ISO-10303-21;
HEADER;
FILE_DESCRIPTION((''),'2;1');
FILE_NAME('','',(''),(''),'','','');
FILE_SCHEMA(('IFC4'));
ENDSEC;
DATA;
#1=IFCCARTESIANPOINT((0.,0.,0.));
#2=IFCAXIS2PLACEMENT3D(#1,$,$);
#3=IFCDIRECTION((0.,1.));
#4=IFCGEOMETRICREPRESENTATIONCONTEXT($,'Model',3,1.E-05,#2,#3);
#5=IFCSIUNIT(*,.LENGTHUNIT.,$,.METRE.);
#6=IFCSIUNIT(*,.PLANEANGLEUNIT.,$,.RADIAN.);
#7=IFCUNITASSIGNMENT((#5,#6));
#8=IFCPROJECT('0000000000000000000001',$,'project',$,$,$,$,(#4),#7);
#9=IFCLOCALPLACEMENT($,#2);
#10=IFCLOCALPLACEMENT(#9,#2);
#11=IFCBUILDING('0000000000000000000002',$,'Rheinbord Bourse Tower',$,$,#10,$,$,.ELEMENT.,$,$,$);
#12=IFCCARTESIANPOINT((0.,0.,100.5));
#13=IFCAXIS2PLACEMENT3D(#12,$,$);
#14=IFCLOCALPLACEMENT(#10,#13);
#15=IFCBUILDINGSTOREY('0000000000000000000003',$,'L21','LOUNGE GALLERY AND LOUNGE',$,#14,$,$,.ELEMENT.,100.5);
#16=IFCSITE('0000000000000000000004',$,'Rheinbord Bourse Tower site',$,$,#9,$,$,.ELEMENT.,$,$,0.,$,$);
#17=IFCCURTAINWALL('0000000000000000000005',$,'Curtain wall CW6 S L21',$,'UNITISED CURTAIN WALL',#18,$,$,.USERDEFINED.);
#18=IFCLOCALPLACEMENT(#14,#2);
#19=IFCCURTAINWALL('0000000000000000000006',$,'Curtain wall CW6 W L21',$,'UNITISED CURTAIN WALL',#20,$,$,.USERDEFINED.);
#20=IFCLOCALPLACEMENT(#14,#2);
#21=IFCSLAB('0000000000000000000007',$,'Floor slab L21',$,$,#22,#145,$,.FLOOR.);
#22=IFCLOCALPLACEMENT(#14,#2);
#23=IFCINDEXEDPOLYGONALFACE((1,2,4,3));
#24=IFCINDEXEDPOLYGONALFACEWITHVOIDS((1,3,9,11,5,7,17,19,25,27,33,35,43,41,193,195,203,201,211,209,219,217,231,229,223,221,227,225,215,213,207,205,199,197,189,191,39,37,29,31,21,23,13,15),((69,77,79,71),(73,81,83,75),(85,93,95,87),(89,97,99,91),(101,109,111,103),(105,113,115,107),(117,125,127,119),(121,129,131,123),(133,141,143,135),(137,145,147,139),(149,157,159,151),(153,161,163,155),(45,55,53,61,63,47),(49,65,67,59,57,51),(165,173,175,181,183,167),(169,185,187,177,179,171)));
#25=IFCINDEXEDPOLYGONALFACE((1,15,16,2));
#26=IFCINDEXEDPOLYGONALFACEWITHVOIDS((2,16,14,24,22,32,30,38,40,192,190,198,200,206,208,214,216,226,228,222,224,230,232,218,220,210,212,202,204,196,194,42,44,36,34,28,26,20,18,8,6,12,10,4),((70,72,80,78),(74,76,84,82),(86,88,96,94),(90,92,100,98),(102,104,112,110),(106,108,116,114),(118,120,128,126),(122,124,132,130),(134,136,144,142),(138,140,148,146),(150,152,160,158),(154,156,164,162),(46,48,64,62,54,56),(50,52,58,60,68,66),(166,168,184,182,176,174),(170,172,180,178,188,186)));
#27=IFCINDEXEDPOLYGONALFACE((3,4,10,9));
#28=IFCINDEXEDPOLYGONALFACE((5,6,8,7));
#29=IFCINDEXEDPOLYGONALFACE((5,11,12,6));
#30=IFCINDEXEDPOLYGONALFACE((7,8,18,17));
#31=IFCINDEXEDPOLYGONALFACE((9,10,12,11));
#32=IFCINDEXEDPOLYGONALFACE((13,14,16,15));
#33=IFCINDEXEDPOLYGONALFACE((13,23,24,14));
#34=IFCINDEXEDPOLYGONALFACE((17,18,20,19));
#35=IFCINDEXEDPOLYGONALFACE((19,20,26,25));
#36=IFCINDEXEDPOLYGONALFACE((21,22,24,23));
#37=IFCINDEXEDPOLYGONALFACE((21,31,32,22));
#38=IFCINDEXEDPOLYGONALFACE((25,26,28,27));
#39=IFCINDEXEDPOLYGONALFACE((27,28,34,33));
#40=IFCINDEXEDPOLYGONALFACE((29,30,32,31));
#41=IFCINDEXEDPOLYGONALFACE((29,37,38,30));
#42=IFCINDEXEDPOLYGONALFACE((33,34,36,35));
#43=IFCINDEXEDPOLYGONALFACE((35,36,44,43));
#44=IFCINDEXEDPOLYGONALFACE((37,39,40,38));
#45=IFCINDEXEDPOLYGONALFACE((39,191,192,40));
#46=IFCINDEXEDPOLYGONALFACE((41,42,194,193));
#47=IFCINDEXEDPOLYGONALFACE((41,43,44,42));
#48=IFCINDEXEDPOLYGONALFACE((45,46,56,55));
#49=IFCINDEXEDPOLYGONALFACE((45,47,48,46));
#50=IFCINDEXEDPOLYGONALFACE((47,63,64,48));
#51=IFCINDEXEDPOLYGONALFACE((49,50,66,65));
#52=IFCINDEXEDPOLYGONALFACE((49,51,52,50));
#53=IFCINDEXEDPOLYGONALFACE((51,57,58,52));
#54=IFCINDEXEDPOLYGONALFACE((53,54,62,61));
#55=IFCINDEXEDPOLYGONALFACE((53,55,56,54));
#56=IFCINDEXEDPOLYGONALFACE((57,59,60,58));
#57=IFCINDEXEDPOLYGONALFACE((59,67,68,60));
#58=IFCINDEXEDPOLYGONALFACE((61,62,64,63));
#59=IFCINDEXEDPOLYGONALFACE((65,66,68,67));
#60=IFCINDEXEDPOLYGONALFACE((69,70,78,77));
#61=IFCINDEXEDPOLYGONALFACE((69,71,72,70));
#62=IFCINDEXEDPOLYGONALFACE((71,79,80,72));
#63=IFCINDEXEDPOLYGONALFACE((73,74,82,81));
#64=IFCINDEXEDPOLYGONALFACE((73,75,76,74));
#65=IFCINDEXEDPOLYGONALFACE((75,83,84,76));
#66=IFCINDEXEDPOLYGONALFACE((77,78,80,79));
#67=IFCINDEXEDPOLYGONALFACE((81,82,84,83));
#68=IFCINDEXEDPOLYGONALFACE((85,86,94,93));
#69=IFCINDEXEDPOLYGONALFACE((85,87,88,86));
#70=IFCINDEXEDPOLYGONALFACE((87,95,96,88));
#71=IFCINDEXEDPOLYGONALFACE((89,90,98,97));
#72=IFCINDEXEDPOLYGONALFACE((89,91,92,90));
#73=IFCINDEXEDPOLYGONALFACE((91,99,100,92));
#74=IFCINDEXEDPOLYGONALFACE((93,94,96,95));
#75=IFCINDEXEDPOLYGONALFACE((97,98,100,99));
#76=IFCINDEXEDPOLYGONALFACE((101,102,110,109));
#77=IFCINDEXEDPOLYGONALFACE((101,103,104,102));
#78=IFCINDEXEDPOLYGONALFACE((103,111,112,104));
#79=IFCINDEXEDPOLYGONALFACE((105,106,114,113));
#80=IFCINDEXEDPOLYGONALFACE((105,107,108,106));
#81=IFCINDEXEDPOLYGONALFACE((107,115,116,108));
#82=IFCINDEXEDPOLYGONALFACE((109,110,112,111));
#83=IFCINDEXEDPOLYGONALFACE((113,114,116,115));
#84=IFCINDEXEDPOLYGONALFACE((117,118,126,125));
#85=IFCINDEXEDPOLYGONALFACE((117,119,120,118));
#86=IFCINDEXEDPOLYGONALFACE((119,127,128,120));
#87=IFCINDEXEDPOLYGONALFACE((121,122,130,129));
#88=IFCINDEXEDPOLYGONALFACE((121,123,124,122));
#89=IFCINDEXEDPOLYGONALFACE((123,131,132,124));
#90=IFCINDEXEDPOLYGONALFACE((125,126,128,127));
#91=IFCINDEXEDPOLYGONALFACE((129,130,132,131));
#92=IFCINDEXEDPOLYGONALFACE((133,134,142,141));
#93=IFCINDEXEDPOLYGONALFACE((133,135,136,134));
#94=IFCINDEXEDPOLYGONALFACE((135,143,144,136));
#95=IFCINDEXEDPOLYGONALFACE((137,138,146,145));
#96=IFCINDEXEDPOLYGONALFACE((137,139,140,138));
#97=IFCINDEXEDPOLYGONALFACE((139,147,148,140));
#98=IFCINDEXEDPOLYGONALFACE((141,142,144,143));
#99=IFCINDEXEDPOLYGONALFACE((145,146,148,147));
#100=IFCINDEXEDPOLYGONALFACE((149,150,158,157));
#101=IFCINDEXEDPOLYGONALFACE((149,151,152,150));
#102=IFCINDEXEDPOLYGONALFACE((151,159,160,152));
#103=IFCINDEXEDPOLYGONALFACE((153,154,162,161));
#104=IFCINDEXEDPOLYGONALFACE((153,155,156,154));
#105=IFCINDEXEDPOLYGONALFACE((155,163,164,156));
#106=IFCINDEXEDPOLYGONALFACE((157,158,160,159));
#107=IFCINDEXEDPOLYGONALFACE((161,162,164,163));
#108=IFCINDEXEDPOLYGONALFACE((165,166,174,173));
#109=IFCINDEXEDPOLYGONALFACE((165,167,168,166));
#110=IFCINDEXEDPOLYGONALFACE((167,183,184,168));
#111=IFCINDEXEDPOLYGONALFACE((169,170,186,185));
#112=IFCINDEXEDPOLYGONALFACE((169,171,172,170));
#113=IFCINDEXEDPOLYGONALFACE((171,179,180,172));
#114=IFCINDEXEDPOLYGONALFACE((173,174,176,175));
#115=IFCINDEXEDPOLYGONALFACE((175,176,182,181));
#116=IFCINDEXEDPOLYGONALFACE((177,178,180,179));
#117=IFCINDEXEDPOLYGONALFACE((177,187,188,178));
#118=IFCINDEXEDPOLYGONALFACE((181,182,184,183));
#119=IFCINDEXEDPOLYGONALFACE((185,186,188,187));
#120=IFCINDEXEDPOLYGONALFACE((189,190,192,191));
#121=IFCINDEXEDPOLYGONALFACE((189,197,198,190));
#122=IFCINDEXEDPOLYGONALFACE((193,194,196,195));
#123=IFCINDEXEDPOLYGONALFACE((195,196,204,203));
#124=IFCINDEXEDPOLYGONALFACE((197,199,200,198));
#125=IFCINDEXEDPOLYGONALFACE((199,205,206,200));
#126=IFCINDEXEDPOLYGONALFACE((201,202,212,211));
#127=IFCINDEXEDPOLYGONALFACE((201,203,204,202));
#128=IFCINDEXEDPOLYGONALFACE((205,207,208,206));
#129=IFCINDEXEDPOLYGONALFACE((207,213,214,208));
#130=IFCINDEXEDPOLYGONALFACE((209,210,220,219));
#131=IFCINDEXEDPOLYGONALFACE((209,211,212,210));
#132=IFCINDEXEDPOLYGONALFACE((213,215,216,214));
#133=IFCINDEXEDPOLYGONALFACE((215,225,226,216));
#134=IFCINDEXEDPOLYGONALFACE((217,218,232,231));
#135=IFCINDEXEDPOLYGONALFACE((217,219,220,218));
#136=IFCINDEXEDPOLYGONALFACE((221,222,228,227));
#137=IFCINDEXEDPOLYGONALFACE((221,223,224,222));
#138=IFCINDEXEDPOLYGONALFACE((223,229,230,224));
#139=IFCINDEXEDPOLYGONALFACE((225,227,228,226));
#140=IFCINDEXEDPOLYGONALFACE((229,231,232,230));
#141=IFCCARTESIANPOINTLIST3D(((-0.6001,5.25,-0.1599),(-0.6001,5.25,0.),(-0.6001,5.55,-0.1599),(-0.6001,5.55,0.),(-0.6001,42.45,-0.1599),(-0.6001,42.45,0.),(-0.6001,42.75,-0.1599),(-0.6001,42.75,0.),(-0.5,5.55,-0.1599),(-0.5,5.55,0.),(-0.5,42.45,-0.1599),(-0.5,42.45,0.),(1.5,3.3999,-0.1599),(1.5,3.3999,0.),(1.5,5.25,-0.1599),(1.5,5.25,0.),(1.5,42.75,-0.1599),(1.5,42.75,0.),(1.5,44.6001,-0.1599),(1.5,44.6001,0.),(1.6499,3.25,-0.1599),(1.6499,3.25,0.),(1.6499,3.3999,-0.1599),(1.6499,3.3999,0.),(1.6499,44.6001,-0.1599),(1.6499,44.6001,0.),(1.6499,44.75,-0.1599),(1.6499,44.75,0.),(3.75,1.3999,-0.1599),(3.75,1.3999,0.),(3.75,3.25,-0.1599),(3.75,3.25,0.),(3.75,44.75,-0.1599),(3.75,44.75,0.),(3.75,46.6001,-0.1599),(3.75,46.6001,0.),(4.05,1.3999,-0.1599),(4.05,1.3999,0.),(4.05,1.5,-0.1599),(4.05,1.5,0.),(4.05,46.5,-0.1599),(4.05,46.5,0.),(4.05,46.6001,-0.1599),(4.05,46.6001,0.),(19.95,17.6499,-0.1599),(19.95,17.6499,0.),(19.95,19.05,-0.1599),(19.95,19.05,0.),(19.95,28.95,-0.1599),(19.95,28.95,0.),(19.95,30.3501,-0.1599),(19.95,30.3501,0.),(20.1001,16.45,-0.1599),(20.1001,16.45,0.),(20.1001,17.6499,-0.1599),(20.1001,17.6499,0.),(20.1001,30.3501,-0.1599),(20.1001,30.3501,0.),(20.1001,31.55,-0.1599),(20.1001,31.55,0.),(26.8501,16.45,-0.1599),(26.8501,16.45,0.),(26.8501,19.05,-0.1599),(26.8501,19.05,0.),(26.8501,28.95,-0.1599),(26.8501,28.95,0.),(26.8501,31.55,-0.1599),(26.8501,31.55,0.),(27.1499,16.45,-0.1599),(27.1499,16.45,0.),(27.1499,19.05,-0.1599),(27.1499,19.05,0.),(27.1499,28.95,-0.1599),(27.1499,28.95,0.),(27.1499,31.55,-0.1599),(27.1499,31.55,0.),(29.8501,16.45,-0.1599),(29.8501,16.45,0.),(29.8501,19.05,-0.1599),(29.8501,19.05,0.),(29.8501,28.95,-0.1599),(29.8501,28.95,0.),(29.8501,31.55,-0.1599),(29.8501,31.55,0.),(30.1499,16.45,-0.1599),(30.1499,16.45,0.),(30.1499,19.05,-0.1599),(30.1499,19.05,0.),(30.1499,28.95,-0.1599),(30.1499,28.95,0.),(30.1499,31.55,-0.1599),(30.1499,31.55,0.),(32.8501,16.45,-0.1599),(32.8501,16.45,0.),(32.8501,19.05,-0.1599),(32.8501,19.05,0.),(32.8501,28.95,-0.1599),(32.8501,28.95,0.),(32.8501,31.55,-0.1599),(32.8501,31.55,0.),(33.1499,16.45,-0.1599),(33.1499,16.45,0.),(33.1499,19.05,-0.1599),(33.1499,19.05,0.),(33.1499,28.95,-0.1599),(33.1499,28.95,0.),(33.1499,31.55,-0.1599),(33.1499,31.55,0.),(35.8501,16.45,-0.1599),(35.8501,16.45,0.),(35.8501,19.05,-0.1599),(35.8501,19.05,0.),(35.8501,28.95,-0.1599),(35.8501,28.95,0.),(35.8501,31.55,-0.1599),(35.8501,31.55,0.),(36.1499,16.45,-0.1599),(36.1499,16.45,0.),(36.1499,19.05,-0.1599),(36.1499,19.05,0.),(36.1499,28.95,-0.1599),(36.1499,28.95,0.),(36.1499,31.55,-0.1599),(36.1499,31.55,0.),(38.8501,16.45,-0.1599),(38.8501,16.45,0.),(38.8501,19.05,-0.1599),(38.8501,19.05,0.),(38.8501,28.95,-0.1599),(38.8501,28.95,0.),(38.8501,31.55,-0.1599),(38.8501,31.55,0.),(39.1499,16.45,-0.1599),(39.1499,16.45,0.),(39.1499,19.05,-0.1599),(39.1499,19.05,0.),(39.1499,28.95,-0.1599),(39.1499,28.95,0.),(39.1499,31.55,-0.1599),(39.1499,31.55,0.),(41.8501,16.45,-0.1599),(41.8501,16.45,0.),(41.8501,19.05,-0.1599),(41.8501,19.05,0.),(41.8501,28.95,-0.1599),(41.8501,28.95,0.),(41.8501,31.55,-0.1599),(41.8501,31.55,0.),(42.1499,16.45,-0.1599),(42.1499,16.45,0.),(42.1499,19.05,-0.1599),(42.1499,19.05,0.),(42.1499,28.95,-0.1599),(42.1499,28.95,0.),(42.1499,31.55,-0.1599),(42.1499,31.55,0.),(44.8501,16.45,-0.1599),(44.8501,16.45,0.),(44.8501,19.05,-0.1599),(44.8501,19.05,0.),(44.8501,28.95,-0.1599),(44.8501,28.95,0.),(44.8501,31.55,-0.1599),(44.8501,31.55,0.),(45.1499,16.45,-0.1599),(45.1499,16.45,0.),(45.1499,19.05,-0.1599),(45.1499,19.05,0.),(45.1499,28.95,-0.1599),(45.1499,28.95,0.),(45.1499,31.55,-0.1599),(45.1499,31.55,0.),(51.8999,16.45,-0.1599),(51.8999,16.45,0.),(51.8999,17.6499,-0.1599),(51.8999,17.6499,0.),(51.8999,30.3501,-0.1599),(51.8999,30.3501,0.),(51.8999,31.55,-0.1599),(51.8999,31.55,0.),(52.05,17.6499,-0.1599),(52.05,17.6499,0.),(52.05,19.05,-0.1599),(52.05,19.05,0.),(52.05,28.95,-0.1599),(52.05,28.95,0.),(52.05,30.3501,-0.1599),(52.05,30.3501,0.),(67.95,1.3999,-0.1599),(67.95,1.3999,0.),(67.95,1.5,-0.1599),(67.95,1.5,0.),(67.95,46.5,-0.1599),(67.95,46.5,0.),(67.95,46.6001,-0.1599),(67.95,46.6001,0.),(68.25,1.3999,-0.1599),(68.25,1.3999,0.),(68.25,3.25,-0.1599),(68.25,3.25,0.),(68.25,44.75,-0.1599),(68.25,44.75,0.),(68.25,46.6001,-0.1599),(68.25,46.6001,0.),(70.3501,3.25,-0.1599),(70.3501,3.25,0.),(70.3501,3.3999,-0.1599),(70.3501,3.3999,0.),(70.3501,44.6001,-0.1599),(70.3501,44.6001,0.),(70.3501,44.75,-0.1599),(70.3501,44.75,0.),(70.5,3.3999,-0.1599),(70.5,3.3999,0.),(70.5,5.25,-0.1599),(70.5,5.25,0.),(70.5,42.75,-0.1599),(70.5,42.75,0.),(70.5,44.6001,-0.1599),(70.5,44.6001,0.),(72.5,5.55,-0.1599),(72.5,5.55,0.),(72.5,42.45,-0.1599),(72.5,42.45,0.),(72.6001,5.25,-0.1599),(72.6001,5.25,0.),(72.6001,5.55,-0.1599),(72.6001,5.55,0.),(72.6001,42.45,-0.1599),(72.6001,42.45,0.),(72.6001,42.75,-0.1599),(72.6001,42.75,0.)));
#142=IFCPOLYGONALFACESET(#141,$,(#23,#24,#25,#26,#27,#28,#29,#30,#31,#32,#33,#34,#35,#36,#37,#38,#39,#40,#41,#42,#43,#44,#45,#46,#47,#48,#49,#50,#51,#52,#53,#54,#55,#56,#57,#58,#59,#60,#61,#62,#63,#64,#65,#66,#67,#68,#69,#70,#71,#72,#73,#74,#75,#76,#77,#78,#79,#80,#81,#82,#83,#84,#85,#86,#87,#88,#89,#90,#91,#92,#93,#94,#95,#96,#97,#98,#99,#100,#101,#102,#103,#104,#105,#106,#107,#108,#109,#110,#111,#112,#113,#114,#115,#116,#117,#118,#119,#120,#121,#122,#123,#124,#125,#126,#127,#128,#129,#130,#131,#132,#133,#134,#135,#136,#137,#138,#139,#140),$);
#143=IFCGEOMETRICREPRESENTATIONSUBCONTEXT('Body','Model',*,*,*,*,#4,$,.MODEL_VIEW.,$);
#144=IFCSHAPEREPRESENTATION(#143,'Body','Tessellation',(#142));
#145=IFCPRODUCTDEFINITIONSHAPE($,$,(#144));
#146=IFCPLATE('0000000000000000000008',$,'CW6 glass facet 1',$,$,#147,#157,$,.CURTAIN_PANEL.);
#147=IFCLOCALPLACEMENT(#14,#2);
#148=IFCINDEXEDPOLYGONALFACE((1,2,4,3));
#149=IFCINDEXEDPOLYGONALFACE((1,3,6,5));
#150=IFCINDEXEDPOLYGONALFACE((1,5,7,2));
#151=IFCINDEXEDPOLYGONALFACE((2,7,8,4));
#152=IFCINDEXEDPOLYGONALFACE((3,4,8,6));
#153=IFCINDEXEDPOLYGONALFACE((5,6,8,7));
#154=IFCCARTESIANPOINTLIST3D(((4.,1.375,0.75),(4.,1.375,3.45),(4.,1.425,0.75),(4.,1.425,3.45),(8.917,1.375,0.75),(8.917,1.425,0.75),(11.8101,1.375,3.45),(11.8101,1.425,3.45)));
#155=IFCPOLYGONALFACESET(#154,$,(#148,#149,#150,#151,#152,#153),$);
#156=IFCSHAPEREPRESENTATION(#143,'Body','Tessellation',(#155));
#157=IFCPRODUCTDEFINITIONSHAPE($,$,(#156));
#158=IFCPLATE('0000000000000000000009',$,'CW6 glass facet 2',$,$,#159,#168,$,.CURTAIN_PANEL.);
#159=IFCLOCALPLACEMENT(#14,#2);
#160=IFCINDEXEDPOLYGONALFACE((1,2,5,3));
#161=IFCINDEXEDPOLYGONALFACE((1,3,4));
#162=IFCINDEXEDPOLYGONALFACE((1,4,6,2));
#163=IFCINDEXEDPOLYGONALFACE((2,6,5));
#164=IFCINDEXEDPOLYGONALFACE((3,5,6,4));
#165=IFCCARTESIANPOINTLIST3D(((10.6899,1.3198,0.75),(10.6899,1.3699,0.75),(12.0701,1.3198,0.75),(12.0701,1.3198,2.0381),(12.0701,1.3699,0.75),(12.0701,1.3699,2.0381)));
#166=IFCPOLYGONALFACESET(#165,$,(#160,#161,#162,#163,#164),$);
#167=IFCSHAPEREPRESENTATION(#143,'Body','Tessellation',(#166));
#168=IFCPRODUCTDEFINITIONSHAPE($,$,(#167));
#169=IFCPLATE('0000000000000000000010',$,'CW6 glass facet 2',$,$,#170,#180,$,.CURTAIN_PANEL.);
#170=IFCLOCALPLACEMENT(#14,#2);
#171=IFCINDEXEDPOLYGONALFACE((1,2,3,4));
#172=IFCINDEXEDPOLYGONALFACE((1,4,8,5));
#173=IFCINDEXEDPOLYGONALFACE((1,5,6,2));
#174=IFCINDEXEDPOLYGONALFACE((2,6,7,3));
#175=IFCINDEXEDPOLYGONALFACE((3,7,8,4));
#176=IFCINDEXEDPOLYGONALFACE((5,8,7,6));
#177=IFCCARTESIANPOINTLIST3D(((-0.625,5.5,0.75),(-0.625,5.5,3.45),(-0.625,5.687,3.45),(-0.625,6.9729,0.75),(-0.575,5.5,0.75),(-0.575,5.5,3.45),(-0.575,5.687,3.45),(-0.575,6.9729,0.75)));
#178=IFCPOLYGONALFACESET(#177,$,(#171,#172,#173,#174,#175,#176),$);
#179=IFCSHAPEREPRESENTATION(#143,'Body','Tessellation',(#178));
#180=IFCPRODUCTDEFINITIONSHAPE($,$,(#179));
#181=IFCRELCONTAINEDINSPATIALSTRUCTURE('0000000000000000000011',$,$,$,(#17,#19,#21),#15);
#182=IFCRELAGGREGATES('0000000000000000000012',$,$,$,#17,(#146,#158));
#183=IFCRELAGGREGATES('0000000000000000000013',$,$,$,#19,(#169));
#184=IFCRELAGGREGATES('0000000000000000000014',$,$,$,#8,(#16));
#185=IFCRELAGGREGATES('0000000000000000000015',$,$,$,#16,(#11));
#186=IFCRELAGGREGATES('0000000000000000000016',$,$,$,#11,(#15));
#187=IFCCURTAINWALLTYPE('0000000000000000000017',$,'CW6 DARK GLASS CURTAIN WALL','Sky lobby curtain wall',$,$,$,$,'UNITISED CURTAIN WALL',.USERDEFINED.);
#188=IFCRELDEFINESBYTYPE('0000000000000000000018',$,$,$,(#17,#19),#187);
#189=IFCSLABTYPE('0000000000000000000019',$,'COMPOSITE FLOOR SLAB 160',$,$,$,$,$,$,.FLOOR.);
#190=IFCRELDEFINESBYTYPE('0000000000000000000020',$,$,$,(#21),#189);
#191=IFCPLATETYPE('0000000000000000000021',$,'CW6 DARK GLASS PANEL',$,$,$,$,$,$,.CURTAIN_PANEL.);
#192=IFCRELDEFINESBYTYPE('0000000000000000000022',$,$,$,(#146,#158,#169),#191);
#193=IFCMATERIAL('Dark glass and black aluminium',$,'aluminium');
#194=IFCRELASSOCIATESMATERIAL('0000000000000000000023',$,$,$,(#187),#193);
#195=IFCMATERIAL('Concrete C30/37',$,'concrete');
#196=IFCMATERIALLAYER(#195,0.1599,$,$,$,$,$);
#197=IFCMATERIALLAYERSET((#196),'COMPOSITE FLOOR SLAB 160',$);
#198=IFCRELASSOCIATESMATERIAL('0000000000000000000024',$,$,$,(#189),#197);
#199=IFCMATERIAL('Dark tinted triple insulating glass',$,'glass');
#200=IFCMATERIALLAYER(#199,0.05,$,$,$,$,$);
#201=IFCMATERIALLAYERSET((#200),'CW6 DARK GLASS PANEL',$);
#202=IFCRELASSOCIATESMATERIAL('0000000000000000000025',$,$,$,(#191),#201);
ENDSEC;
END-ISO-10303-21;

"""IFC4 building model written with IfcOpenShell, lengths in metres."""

from ifc_helpers import new_model, si_unit, direction, frame, origin, place, context, subcontext, project, spatial, polyline, outline, extrude, material, layer, layer_set, type_object, element, aggregate, save


model = new_model("IFC4")

# Units and contexts
model_context = context("Model", 3, precision=1e-05, world=origin(), true_north=direction((0.0, 1.0)))
body_context = subcontext(model_context, "Body", "Model", "MODEL_VIEW")
ifc_project = project(units=[si_unit("LENGTHUNIT", "METRE"), si_unit("PLANEANGLEUNIT", "RADIAN")], contexts=[model_context])

# Site, building, storey
site_placement = place(None, origin())
site = spatial("IfcSite", under=ifc_project, at=site_placement, Name="Rheinbord Bourse Tower site", CompositionType="ELEMENT", RefElevation=0.0)
building_placement = place(site_placement, origin())
building = spatial("IfcBuilding", under=site, at=building_placement, Name="Rheinbord Bourse Tower", CompositionType="ELEMENT")
storey_placement = place(building_placement, frame((0.0, 0.0, 100.5)))
storey = spatial("IfcBuildingStorey", under=building, at=storey_placement, Name="L21", Description="LOUNGE GALLERY AND LOUNGE", CompositionType="ELEMENT", Elevation=100.5)

# Curtain wall
ifc_material_1 = material(Name="Dark glass and black aluminium", Category="aluminium")
curtain_wall_type = type_object("IfcCurtainWallType", Name="CW6 DARK GLASS CURTAIN WALL", Description="Sky lobby curtain wall", ElementType="UNITISED CURTAIN WALL", PredefinedType="USERDEFINED", material=ifc_material_1)
curtain_wall_1_placement = place(storey_placement, origin())
curtain_wall_1 = element("IfcCurtainWall", 1, at=curtain_wall_1_placement, inside=storey, type_object=curtain_wall_type, Name="Curtain wall CW6 S L21", ObjectType="UNITISED CURTAIN WALL", PredefinedType="USERDEFINED")

# Curtain wall
curtain_wall_2_placement = place(storey_placement, origin())
curtain_wall_2 = element("IfcCurtainWall", 2, at=curtain_wall_2_placement, inside=storey, type_object=curtain_wall_type, Name="Curtain wall CW6 W L21", ObjectType="UNITISED CURTAIN WALL", PredefinedType="USERDEFINED")

# Slab
ifc_material_2 = material(Name="Concrete C30/37", Category="concrete")
ifc_layer_1 = layer(ifc_material_2, 0.1599)
ifc_layer_set_1 = layer_set([ifc_layer_1], Name="COMPOSITE FLOOR SLAB 160")
slab_type_1 = type_object("IfcSlabType", Name="COMPOSITE FLOOR SLAB 160", PredefinedType="FLOOR", material=ifc_layer_set_1)
slab_1_placement = place(storey_placement, frame((0.0, 0.0, -0.1599)))
element("IfcSlab", 3, at=slab_1_placement, inside=storey, type_object=slab_type_1, Name="Floor slab L21", PredefinedType="FLOOR", context=body_context, shape_type="SweptSolid", body=[
    extrude(outline(polyline([(1.6499, 3.3999), (1.5, 3.3999), (1.5, 5.25), (-0.6001, 5.25), (-0.6001, 5.55), (-0.5, 5.55), (-0.5, 42.45), (-0.6001, 42.45), (-0.6001, 42.75), (1.5, 42.75), (1.5, 44.6001), (1.6499, 44.6001), (1.6499, 44.75), (3.75, 44.75), (3.75, 46.6001), (4.05, 46.6001), (4.05, 46.5), (67.95, 46.5), (67.95, 46.6001), (68.25, 46.6001), (68.25, 44.75), (70.3501, 44.75), (70.3501, 44.6001), (70.5, 44.6001), (70.5, 42.75), (72.6001, 42.75), (72.6001, 42.45), (72.5, 42.45), (72.5, 5.55), (72.6001, 5.55), (72.6001, 5.25), (70.5, 5.25), (70.5, 3.3999), (70.3501, 3.3999), (70.3501, 3.25), (68.25, 3.25), (68.25, 1.3999), (67.95, 1.3999), (67.95, 1.5), (4.05, 1.5), (4.05, 1.3999), (3.75, 1.3999), (3.75, 3.25), (1.6499, 3.25), (1.6499, 3.3999)]), holes=[polyline([(19.95, 19.05), (26.8501, 19.05), (26.8501, 16.45), (20.1001, 16.45), (20.1001, 17.6499), (19.95, 17.6499), (19.95, 19.05)]), polyline([(26.8501, 31.55), (26.8501, 28.95), (19.95, 28.95), (19.95, 30.3501), (20.1001, 30.3501), (20.1001, 31.55), (26.8501, 31.55)]), polyline([(45.1499, 16.45), (45.1499, 19.05), (52.05, 19.05), (52.05, 17.6499), (51.8999, 17.6499), (51.8999, 16.45), (45.1499, 16.45)]), polyline([(52.05, 28.95), (45.1499, 28.95), (45.1499, 31.55), (51.8999, 31.55), (51.8999, 30.3501), (52.05, 30.3501), (52.05, 28.95)]), polyline([(27.1499, 16.45), (27.1499, 19.05), (29.8501, 19.05), (29.8501, 16.45), (27.1499, 16.45)]), polyline([(27.1499, 28.95), (27.1499, 31.55), (29.8501, 31.55), (29.8501, 28.95), (27.1499, 28.95)]), polyline([(30.1499, 16.45), (30.1499, 19.05), (32.8501, 19.05), (32.8501, 16.45), (30.1499, 16.45)]), polyline([(30.1499, 28.95), (30.1499, 31.55), (32.8501, 31.55), (32.8501, 28.95), (30.1499, 28.95)]), polyline([(33.1499, 16.45), (33.1499, 19.05), (35.8501, 19.05), (35.8501, 16.45), (33.1499, 16.45)]), polyline([(33.1499, 28.95), (33.1499, 31.55), (35.8501, 31.55), (35.8501, 28.95), (33.1499, 28.95)]), polyline([(36.1499, 16.45), (36.1499, 19.05), (38.8501, 19.05), (38.8501, 16.45), (36.1499, 16.45)]), polyline([(36.1499, 28.95), (36.1499, 31.55), (38.8501, 31.55), (38.8501, 28.95), (36.1499, 28.95)]), polyline([(39.1499, 16.45), (39.1499, 19.05), (41.8501, 19.05), (41.8501, 16.45), (39.1499, 16.45)]), polyline([(39.1499, 28.95), (39.1499, 31.55), (41.8501, 31.55), (41.8501, 28.95), (39.1499, 28.95)]), polyline([(42.1499, 16.45), (42.1499, 19.05), (44.8501, 19.05), (44.8501, 16.45), (42.1499, 16.45)]), polyline([(42.1499, 28.95), (42.1499, 31.55), (44.8501, 31.55), (44.8501, 28.95), (42.1499, 28.95)])]), origin(), (0.0, 0.0, 1.0), 0.1599),
])

# Plates
ifc_material_3 = material(Name="Dark tinted triple insulating glass", Category="glass")
ifc_layer_2 = layer(ifc_material_3, 0.05)
ifc_layer_set_2 = layer_set([ifc_layer_2], Name="CW6 DARK GLASS PANEL")
plate_type = type_object("IfcPlateType", Name="CW6 DARK GLASS PANEL", PredefinedType="CURTAIN_PANEL", material=ifc_layer_set_2)
plate_1_placement = place(storey_placement, frame((4.0, 1.375, 0.75), z_axis=(0.0, 1.0, 0.0), x_axis=(0.0, 0.0, 1.0)))
plate_1 = element("IfcPlate", 4, at=plate_1_placement, type_object=plate_type, Name="CW6 glass facet 1", PredefinedType="CURTAIN_PANEL", context=body_context, shape_type="SweptSolid", body=[
    extrude(outline(polyline([(0.0, 0.0), (2.7, 0.0), (2.7, 7.8101), (0.0, 4.917), (0.0, 0.0)])), origin(), (0.0, 0.0, 1.0), 0.05),
])
plate_2_placement = place(storey_placement, frame((12.0701, 1.3198, 0.75), z_axis=(0.0, 1.0, 0.0), x_axis=(-1.0, 0.0, 0.0)))
plate_2 = element("IfcPlate", 5, at=plate_2_placement, type_object=plate_type, Name="CW6 glass facet 2", PredefinedType="CURTAIN_PANEL", context=body_context, shape_type="SweptSolid", body=[
    extrude(outline(polyline([(0.0, 0.0), (1.3801, 0.0), (0.0, 1.2881), (0.0, 0.0)])), origin(), (0.0, 0.0, 1.0), 0.05),
])
aggregate(curtain_wall_1, [plate_1, plate_2])
plate_3_placement = place(storey_placement, frame((-0.625, 5.5, 3.45), z_axis=(1.0, 0.0, 0.0), x_axis=(0.0, 0.0, -1.0)))
plate_3 = element("IfcPlate", 6, at=plate_3_placement, type_object=plate_type, Name="CW6 glass facet 2", PredefinedType="CURTAIN_PANEL", context=body_context, shape_type="SweptSolid", body=[
    extrude(outline(polyline([(0.0, 0.0), (2.7, 0.0), (2.7, 1.4729), (0.0, 0.187), (0.0, 0.0)])), origin(), (0.0, 0.0, 1.0), 0.05),
])
aggregate(curtain_wall_2, [plate_3])

save(model, "model.ifc")
